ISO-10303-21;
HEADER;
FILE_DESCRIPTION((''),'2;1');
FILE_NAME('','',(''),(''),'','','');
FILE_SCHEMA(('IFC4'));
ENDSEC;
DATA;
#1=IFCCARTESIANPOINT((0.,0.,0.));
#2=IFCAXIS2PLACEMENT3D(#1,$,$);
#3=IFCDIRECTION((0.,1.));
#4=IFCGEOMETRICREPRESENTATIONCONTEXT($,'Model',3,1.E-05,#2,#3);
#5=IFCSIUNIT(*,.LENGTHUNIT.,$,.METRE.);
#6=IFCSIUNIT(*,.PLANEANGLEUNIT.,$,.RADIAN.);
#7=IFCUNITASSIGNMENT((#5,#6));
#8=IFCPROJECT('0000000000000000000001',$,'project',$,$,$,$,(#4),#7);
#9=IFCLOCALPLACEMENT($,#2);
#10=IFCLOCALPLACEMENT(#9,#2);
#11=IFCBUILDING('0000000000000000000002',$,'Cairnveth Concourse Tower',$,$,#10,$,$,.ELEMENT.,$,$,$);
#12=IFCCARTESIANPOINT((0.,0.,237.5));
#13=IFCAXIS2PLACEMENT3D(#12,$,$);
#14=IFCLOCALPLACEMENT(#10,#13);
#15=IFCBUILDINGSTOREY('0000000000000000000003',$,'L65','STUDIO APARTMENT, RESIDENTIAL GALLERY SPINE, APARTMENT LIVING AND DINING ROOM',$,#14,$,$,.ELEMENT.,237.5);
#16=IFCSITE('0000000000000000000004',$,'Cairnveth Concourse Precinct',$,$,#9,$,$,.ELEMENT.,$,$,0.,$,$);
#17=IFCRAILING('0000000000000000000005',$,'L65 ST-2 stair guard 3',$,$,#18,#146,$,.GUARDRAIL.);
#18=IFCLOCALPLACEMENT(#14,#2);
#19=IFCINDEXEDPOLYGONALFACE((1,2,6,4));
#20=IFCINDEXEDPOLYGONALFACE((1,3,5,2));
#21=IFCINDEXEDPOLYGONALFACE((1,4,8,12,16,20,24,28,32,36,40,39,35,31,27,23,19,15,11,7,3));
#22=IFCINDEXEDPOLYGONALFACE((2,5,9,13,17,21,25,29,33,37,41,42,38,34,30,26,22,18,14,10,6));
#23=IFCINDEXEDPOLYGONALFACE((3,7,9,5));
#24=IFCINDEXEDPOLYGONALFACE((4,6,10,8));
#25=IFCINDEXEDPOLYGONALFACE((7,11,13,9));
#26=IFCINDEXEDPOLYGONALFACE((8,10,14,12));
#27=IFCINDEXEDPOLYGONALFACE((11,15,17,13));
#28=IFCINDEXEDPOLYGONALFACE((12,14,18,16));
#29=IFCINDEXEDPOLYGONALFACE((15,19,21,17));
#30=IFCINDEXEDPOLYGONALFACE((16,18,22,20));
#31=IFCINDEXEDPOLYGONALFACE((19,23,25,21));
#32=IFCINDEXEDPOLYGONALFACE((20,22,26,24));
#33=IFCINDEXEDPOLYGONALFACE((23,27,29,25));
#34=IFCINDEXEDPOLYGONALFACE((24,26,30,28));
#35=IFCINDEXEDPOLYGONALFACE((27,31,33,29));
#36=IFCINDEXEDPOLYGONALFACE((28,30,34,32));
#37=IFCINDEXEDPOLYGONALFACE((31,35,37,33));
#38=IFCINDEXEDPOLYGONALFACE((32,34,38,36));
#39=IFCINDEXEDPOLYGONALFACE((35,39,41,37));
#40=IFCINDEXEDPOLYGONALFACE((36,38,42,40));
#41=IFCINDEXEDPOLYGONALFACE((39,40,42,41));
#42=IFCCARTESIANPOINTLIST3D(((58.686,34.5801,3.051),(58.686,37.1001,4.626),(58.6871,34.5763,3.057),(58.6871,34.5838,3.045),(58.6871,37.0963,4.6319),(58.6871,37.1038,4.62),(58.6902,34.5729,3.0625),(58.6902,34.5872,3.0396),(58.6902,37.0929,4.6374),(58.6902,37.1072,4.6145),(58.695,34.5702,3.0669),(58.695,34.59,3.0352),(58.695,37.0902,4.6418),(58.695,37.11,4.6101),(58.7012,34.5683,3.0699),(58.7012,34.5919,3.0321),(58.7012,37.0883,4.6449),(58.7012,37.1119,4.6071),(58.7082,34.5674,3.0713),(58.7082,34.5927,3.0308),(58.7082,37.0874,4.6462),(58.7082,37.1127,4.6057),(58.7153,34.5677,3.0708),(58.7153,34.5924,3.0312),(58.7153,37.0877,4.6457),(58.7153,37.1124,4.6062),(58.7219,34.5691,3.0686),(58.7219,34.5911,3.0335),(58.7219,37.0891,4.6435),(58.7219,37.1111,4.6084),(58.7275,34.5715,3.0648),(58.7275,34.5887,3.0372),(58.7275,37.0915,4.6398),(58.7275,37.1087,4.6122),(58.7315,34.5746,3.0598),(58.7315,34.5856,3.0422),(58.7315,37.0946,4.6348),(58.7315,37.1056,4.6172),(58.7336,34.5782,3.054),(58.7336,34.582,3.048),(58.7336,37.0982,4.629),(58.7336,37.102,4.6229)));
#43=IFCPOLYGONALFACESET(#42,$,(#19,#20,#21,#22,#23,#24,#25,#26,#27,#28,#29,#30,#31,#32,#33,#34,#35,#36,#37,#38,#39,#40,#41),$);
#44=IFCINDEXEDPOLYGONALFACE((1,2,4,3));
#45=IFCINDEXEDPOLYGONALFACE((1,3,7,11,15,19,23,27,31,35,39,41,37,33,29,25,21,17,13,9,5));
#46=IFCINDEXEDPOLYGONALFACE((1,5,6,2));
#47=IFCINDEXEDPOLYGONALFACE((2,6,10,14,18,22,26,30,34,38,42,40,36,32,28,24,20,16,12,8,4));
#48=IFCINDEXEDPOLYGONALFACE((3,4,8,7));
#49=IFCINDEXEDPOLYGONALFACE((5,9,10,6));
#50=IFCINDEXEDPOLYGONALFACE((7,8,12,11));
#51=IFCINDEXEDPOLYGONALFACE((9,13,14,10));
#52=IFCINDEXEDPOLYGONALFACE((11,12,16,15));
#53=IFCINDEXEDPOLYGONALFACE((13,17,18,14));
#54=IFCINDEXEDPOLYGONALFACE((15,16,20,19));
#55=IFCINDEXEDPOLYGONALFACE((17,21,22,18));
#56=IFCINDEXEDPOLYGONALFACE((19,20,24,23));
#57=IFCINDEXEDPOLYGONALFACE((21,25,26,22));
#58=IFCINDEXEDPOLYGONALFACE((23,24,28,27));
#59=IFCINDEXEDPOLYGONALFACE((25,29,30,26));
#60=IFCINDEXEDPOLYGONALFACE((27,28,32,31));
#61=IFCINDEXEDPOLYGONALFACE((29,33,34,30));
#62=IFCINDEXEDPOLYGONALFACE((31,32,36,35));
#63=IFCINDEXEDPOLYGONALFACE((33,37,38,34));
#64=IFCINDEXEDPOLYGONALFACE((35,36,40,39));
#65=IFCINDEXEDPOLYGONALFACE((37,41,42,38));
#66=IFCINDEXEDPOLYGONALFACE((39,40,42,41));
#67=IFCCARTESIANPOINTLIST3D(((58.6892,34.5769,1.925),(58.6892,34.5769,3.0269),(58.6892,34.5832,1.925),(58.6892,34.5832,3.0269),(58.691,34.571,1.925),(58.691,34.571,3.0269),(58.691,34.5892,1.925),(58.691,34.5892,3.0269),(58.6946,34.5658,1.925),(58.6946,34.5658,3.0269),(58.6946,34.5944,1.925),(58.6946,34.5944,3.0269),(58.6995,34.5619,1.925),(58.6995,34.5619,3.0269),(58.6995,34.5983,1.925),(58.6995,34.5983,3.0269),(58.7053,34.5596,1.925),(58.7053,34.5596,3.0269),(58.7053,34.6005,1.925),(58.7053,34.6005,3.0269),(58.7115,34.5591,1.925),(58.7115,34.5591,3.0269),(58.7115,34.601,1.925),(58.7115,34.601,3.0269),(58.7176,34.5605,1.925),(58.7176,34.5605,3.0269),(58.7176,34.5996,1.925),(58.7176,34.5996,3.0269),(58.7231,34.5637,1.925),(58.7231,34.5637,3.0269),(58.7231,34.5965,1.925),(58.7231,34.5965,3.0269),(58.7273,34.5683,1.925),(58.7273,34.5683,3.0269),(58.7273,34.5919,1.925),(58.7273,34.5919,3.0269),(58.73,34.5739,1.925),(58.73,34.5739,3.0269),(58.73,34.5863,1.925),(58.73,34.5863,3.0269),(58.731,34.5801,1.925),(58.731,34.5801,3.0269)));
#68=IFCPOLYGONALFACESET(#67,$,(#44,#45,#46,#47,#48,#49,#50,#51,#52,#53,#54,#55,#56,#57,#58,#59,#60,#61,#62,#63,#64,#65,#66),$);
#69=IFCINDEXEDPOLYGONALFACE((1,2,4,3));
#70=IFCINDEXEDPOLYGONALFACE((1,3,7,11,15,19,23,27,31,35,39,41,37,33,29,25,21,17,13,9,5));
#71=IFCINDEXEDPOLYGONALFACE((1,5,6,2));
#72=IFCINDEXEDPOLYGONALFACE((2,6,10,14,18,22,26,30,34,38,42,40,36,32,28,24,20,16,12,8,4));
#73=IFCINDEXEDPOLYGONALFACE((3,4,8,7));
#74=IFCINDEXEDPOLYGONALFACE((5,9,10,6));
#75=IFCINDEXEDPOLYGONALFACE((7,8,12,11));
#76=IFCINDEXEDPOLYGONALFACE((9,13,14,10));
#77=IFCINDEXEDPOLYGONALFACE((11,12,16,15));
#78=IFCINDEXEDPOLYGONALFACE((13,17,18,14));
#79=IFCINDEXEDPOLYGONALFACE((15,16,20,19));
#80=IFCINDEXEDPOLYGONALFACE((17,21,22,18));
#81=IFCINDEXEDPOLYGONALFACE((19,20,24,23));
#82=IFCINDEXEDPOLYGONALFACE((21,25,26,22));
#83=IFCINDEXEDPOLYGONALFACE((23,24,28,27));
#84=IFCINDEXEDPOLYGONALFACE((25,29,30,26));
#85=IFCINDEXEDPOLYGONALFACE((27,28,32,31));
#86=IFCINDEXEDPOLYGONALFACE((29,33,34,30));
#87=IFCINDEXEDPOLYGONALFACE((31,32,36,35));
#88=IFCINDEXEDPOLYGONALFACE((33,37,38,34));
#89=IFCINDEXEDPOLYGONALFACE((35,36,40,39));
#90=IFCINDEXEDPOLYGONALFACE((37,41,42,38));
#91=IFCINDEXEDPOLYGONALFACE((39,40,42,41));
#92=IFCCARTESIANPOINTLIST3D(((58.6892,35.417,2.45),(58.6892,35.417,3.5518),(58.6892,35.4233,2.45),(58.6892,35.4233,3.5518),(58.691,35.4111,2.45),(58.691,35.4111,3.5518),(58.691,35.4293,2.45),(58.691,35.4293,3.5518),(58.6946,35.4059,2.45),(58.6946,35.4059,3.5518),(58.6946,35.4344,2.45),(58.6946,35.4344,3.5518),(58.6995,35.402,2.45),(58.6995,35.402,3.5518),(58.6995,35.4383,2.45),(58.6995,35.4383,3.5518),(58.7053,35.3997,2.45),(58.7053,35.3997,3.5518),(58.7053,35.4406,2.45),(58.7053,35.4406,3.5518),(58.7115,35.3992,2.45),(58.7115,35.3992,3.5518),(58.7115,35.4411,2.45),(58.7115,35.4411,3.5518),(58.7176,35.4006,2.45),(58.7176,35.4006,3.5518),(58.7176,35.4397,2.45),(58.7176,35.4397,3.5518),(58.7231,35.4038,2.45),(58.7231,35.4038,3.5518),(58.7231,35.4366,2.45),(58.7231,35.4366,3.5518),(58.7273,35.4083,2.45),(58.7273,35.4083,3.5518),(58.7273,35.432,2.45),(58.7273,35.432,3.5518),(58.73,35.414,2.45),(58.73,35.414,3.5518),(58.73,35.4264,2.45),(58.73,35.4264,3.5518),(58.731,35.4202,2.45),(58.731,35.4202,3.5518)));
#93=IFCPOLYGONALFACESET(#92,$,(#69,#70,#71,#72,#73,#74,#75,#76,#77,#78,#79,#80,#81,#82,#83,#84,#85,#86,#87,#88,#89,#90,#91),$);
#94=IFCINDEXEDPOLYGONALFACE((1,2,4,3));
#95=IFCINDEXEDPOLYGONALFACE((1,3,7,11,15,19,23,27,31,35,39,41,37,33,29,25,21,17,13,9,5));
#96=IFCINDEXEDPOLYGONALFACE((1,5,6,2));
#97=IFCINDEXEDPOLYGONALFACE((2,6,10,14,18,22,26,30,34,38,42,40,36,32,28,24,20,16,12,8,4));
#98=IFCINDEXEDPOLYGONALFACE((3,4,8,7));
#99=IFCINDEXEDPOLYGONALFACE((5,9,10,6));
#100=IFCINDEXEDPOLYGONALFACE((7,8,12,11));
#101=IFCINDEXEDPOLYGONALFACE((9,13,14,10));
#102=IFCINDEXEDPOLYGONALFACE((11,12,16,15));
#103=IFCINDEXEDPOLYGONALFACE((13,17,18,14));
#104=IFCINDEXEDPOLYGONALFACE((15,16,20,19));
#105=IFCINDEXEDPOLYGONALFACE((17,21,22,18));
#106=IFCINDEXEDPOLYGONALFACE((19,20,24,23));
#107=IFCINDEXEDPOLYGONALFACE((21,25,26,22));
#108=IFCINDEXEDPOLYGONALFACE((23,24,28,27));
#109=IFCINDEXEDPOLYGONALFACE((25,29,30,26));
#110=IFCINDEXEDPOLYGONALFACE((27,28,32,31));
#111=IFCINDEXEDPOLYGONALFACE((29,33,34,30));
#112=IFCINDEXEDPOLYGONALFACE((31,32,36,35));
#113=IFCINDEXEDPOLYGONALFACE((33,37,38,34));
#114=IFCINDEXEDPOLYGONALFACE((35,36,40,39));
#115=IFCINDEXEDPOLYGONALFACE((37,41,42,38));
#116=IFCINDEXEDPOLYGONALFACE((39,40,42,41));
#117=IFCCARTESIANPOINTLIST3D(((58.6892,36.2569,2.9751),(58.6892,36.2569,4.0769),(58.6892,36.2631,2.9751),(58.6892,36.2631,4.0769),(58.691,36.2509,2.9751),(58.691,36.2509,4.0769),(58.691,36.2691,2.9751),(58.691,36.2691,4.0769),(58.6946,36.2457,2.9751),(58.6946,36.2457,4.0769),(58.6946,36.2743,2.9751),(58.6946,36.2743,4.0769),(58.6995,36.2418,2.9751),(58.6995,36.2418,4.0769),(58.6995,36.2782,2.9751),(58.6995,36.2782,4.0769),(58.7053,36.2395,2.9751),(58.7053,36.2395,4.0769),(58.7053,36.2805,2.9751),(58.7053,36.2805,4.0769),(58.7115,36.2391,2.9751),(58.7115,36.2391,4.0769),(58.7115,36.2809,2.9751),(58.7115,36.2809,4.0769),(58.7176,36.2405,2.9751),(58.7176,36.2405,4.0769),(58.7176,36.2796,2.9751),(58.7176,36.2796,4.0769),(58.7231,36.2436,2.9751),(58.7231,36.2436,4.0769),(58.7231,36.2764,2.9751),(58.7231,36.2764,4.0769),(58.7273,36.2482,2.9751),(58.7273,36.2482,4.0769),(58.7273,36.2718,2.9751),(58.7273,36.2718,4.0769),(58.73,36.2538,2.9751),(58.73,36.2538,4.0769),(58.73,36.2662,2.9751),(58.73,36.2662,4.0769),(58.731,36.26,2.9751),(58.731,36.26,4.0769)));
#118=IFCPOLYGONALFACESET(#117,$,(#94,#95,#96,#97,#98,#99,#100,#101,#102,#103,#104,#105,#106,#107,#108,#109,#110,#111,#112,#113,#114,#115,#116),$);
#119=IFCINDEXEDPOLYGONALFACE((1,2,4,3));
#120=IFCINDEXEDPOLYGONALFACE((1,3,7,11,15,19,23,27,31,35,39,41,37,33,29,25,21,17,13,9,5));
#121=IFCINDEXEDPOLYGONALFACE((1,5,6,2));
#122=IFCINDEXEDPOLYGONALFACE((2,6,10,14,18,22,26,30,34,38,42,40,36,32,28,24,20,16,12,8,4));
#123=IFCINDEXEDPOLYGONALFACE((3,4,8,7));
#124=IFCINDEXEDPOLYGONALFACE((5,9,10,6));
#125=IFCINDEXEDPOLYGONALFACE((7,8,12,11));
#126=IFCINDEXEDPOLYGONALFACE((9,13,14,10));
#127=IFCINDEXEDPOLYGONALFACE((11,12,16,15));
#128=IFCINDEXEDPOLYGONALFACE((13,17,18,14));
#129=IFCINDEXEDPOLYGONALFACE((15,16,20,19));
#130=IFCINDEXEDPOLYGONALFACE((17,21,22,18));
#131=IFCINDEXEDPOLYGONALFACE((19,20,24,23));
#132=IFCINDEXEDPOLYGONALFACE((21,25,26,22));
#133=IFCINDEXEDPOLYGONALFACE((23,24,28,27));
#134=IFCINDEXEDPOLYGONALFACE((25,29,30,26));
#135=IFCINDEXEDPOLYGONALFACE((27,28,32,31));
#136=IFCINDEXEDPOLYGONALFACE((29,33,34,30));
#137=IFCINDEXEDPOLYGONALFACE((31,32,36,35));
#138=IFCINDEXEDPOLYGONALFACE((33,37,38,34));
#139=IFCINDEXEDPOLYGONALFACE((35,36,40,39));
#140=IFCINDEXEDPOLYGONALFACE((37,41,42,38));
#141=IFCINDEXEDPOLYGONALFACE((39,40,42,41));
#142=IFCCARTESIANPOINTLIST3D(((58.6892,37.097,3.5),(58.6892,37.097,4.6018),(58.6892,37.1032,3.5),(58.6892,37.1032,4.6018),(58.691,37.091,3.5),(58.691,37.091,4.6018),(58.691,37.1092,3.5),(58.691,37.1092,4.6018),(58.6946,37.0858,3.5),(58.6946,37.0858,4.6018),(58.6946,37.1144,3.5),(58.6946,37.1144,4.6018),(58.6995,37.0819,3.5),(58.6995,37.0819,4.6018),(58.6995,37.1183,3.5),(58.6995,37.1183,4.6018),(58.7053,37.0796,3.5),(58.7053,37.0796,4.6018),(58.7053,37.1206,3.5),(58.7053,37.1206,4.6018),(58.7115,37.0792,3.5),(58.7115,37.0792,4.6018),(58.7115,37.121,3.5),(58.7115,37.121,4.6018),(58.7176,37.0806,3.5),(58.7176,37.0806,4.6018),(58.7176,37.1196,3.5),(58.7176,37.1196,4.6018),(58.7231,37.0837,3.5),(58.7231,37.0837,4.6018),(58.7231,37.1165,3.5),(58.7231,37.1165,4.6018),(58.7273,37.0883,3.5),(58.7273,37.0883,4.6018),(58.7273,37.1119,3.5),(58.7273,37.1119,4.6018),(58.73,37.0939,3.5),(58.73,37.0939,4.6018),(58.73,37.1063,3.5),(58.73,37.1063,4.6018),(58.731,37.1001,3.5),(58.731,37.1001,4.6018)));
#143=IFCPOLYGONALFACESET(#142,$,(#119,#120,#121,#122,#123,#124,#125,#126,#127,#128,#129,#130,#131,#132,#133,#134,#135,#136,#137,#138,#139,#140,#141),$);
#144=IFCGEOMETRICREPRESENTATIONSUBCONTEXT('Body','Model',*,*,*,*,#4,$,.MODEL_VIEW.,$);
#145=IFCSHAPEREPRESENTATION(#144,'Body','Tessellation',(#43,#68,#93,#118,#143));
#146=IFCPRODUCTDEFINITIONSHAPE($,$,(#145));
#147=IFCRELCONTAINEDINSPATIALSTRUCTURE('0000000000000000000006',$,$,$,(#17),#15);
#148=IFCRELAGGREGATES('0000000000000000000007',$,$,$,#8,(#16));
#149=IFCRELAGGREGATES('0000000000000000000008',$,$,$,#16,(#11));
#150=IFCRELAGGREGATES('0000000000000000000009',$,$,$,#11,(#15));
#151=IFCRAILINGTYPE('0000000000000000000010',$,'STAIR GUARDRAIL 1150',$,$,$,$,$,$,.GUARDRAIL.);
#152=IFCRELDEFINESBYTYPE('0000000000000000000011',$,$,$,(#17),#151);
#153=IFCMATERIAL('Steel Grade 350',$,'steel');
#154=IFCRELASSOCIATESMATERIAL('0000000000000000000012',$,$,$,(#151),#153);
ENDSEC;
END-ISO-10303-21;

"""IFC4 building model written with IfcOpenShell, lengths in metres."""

from ifc_helpers import new_model, si_unit, direction, frame, origin, origin_2d, place, context, subcontext, project, spatial, circle, extrude, material, type_object, element, save


model = new_model("IFC4")

# Units and contexts
model_context = context("Model", 3, precision=1e-05, world=origin(), true_north=direction((0.0, 1.0)))
body_context = subcontext(model_context, "Body", "Model", "MODEL_VIEW")
ifc_project = project(units=[si_unit("LENGTHUNIT", "METRE"), si_unit("PLANEANGLEUNIT", "RADIAN")], contexts=[model_context])

# Site, building, storey
site_placement = place(None, origin())
site = spatial("IfcSite", under=ifc_project, at=site_placement, Name="Cairnveth Concourse Precinct", CompositionType="ELEMENT", RefElevation=0.0)
building_placement = place(site_placement, origin())
building = spatial("IfcBuilding", under=site, at=building_placement, Name="Cairnveth Concourse Tower", CompositionType="ELEMENT")
storey_placement = place(building_placement, frame((0.0, 0.0, 237.5)))
storey = spatial("IfcBuildingStorey", under=building, at=storey_placement, Name="L65", Description="STUDIO APARTMENT, RESIDENTIAL GALLERY SPINE, APARTMENT LIVING AND DINING ROOM", CompositionType="ELEMENT", Elevation=237.5)

# Shared definitions
ifc_material_1 = material(Name="Steel Grade 350", Category="steel")

# Railing
railing_type_1 = type_object("IfcRailingType", Name="STAIR GUARDRAIL 1150", PredefinedType="GUARDRAIL", material=ifc_material_1)
railing_1_placement = place(storey_placement, frame((58.71, 34.5801, 1.925)))
element("IfcRailing", 1, at=railing_1_placement, inside=storey, type_object=railing_type_1, Name="L65 ST-2 stair guard 3", PredefinedType="GUARDRAIL", context=body_context, shape_type="SweptSolid", body=[
    extrude(circle(Radius=0.0239, at=origin_2d()), frame((0.0, 0.0, 1.126), z_axis=(0.0, 0.848008, 0.529984), x_axis=(-1.0, 0.0, 0.0)), (0.0, 0.0, 1.0), 2.9717),
    extrude(circle(Radius=0.021, at=origin_2d()), origin(), (0.0, 0.0, 1.0), 1.1018),
    extrude(circle(Radius=0.021, at=origin_2d()), frame((0.0, 0.8401, 0.5249)), (0.0, 0.0, 1.0), 1.1018),
    extrude(circle(Radius=0.021, at=origin_2d()), frame((0.0, 1.6799, 1.05)), (0.0, 0.0, 1.0), 1.1018),
    extrude(circle(Radius=0.021, at=origin_2d()), frame((0.0, 2.52, 1.575)), (0.0, 0.0, 1.0), 1.1018),
])

save(model, "model.ifc")
